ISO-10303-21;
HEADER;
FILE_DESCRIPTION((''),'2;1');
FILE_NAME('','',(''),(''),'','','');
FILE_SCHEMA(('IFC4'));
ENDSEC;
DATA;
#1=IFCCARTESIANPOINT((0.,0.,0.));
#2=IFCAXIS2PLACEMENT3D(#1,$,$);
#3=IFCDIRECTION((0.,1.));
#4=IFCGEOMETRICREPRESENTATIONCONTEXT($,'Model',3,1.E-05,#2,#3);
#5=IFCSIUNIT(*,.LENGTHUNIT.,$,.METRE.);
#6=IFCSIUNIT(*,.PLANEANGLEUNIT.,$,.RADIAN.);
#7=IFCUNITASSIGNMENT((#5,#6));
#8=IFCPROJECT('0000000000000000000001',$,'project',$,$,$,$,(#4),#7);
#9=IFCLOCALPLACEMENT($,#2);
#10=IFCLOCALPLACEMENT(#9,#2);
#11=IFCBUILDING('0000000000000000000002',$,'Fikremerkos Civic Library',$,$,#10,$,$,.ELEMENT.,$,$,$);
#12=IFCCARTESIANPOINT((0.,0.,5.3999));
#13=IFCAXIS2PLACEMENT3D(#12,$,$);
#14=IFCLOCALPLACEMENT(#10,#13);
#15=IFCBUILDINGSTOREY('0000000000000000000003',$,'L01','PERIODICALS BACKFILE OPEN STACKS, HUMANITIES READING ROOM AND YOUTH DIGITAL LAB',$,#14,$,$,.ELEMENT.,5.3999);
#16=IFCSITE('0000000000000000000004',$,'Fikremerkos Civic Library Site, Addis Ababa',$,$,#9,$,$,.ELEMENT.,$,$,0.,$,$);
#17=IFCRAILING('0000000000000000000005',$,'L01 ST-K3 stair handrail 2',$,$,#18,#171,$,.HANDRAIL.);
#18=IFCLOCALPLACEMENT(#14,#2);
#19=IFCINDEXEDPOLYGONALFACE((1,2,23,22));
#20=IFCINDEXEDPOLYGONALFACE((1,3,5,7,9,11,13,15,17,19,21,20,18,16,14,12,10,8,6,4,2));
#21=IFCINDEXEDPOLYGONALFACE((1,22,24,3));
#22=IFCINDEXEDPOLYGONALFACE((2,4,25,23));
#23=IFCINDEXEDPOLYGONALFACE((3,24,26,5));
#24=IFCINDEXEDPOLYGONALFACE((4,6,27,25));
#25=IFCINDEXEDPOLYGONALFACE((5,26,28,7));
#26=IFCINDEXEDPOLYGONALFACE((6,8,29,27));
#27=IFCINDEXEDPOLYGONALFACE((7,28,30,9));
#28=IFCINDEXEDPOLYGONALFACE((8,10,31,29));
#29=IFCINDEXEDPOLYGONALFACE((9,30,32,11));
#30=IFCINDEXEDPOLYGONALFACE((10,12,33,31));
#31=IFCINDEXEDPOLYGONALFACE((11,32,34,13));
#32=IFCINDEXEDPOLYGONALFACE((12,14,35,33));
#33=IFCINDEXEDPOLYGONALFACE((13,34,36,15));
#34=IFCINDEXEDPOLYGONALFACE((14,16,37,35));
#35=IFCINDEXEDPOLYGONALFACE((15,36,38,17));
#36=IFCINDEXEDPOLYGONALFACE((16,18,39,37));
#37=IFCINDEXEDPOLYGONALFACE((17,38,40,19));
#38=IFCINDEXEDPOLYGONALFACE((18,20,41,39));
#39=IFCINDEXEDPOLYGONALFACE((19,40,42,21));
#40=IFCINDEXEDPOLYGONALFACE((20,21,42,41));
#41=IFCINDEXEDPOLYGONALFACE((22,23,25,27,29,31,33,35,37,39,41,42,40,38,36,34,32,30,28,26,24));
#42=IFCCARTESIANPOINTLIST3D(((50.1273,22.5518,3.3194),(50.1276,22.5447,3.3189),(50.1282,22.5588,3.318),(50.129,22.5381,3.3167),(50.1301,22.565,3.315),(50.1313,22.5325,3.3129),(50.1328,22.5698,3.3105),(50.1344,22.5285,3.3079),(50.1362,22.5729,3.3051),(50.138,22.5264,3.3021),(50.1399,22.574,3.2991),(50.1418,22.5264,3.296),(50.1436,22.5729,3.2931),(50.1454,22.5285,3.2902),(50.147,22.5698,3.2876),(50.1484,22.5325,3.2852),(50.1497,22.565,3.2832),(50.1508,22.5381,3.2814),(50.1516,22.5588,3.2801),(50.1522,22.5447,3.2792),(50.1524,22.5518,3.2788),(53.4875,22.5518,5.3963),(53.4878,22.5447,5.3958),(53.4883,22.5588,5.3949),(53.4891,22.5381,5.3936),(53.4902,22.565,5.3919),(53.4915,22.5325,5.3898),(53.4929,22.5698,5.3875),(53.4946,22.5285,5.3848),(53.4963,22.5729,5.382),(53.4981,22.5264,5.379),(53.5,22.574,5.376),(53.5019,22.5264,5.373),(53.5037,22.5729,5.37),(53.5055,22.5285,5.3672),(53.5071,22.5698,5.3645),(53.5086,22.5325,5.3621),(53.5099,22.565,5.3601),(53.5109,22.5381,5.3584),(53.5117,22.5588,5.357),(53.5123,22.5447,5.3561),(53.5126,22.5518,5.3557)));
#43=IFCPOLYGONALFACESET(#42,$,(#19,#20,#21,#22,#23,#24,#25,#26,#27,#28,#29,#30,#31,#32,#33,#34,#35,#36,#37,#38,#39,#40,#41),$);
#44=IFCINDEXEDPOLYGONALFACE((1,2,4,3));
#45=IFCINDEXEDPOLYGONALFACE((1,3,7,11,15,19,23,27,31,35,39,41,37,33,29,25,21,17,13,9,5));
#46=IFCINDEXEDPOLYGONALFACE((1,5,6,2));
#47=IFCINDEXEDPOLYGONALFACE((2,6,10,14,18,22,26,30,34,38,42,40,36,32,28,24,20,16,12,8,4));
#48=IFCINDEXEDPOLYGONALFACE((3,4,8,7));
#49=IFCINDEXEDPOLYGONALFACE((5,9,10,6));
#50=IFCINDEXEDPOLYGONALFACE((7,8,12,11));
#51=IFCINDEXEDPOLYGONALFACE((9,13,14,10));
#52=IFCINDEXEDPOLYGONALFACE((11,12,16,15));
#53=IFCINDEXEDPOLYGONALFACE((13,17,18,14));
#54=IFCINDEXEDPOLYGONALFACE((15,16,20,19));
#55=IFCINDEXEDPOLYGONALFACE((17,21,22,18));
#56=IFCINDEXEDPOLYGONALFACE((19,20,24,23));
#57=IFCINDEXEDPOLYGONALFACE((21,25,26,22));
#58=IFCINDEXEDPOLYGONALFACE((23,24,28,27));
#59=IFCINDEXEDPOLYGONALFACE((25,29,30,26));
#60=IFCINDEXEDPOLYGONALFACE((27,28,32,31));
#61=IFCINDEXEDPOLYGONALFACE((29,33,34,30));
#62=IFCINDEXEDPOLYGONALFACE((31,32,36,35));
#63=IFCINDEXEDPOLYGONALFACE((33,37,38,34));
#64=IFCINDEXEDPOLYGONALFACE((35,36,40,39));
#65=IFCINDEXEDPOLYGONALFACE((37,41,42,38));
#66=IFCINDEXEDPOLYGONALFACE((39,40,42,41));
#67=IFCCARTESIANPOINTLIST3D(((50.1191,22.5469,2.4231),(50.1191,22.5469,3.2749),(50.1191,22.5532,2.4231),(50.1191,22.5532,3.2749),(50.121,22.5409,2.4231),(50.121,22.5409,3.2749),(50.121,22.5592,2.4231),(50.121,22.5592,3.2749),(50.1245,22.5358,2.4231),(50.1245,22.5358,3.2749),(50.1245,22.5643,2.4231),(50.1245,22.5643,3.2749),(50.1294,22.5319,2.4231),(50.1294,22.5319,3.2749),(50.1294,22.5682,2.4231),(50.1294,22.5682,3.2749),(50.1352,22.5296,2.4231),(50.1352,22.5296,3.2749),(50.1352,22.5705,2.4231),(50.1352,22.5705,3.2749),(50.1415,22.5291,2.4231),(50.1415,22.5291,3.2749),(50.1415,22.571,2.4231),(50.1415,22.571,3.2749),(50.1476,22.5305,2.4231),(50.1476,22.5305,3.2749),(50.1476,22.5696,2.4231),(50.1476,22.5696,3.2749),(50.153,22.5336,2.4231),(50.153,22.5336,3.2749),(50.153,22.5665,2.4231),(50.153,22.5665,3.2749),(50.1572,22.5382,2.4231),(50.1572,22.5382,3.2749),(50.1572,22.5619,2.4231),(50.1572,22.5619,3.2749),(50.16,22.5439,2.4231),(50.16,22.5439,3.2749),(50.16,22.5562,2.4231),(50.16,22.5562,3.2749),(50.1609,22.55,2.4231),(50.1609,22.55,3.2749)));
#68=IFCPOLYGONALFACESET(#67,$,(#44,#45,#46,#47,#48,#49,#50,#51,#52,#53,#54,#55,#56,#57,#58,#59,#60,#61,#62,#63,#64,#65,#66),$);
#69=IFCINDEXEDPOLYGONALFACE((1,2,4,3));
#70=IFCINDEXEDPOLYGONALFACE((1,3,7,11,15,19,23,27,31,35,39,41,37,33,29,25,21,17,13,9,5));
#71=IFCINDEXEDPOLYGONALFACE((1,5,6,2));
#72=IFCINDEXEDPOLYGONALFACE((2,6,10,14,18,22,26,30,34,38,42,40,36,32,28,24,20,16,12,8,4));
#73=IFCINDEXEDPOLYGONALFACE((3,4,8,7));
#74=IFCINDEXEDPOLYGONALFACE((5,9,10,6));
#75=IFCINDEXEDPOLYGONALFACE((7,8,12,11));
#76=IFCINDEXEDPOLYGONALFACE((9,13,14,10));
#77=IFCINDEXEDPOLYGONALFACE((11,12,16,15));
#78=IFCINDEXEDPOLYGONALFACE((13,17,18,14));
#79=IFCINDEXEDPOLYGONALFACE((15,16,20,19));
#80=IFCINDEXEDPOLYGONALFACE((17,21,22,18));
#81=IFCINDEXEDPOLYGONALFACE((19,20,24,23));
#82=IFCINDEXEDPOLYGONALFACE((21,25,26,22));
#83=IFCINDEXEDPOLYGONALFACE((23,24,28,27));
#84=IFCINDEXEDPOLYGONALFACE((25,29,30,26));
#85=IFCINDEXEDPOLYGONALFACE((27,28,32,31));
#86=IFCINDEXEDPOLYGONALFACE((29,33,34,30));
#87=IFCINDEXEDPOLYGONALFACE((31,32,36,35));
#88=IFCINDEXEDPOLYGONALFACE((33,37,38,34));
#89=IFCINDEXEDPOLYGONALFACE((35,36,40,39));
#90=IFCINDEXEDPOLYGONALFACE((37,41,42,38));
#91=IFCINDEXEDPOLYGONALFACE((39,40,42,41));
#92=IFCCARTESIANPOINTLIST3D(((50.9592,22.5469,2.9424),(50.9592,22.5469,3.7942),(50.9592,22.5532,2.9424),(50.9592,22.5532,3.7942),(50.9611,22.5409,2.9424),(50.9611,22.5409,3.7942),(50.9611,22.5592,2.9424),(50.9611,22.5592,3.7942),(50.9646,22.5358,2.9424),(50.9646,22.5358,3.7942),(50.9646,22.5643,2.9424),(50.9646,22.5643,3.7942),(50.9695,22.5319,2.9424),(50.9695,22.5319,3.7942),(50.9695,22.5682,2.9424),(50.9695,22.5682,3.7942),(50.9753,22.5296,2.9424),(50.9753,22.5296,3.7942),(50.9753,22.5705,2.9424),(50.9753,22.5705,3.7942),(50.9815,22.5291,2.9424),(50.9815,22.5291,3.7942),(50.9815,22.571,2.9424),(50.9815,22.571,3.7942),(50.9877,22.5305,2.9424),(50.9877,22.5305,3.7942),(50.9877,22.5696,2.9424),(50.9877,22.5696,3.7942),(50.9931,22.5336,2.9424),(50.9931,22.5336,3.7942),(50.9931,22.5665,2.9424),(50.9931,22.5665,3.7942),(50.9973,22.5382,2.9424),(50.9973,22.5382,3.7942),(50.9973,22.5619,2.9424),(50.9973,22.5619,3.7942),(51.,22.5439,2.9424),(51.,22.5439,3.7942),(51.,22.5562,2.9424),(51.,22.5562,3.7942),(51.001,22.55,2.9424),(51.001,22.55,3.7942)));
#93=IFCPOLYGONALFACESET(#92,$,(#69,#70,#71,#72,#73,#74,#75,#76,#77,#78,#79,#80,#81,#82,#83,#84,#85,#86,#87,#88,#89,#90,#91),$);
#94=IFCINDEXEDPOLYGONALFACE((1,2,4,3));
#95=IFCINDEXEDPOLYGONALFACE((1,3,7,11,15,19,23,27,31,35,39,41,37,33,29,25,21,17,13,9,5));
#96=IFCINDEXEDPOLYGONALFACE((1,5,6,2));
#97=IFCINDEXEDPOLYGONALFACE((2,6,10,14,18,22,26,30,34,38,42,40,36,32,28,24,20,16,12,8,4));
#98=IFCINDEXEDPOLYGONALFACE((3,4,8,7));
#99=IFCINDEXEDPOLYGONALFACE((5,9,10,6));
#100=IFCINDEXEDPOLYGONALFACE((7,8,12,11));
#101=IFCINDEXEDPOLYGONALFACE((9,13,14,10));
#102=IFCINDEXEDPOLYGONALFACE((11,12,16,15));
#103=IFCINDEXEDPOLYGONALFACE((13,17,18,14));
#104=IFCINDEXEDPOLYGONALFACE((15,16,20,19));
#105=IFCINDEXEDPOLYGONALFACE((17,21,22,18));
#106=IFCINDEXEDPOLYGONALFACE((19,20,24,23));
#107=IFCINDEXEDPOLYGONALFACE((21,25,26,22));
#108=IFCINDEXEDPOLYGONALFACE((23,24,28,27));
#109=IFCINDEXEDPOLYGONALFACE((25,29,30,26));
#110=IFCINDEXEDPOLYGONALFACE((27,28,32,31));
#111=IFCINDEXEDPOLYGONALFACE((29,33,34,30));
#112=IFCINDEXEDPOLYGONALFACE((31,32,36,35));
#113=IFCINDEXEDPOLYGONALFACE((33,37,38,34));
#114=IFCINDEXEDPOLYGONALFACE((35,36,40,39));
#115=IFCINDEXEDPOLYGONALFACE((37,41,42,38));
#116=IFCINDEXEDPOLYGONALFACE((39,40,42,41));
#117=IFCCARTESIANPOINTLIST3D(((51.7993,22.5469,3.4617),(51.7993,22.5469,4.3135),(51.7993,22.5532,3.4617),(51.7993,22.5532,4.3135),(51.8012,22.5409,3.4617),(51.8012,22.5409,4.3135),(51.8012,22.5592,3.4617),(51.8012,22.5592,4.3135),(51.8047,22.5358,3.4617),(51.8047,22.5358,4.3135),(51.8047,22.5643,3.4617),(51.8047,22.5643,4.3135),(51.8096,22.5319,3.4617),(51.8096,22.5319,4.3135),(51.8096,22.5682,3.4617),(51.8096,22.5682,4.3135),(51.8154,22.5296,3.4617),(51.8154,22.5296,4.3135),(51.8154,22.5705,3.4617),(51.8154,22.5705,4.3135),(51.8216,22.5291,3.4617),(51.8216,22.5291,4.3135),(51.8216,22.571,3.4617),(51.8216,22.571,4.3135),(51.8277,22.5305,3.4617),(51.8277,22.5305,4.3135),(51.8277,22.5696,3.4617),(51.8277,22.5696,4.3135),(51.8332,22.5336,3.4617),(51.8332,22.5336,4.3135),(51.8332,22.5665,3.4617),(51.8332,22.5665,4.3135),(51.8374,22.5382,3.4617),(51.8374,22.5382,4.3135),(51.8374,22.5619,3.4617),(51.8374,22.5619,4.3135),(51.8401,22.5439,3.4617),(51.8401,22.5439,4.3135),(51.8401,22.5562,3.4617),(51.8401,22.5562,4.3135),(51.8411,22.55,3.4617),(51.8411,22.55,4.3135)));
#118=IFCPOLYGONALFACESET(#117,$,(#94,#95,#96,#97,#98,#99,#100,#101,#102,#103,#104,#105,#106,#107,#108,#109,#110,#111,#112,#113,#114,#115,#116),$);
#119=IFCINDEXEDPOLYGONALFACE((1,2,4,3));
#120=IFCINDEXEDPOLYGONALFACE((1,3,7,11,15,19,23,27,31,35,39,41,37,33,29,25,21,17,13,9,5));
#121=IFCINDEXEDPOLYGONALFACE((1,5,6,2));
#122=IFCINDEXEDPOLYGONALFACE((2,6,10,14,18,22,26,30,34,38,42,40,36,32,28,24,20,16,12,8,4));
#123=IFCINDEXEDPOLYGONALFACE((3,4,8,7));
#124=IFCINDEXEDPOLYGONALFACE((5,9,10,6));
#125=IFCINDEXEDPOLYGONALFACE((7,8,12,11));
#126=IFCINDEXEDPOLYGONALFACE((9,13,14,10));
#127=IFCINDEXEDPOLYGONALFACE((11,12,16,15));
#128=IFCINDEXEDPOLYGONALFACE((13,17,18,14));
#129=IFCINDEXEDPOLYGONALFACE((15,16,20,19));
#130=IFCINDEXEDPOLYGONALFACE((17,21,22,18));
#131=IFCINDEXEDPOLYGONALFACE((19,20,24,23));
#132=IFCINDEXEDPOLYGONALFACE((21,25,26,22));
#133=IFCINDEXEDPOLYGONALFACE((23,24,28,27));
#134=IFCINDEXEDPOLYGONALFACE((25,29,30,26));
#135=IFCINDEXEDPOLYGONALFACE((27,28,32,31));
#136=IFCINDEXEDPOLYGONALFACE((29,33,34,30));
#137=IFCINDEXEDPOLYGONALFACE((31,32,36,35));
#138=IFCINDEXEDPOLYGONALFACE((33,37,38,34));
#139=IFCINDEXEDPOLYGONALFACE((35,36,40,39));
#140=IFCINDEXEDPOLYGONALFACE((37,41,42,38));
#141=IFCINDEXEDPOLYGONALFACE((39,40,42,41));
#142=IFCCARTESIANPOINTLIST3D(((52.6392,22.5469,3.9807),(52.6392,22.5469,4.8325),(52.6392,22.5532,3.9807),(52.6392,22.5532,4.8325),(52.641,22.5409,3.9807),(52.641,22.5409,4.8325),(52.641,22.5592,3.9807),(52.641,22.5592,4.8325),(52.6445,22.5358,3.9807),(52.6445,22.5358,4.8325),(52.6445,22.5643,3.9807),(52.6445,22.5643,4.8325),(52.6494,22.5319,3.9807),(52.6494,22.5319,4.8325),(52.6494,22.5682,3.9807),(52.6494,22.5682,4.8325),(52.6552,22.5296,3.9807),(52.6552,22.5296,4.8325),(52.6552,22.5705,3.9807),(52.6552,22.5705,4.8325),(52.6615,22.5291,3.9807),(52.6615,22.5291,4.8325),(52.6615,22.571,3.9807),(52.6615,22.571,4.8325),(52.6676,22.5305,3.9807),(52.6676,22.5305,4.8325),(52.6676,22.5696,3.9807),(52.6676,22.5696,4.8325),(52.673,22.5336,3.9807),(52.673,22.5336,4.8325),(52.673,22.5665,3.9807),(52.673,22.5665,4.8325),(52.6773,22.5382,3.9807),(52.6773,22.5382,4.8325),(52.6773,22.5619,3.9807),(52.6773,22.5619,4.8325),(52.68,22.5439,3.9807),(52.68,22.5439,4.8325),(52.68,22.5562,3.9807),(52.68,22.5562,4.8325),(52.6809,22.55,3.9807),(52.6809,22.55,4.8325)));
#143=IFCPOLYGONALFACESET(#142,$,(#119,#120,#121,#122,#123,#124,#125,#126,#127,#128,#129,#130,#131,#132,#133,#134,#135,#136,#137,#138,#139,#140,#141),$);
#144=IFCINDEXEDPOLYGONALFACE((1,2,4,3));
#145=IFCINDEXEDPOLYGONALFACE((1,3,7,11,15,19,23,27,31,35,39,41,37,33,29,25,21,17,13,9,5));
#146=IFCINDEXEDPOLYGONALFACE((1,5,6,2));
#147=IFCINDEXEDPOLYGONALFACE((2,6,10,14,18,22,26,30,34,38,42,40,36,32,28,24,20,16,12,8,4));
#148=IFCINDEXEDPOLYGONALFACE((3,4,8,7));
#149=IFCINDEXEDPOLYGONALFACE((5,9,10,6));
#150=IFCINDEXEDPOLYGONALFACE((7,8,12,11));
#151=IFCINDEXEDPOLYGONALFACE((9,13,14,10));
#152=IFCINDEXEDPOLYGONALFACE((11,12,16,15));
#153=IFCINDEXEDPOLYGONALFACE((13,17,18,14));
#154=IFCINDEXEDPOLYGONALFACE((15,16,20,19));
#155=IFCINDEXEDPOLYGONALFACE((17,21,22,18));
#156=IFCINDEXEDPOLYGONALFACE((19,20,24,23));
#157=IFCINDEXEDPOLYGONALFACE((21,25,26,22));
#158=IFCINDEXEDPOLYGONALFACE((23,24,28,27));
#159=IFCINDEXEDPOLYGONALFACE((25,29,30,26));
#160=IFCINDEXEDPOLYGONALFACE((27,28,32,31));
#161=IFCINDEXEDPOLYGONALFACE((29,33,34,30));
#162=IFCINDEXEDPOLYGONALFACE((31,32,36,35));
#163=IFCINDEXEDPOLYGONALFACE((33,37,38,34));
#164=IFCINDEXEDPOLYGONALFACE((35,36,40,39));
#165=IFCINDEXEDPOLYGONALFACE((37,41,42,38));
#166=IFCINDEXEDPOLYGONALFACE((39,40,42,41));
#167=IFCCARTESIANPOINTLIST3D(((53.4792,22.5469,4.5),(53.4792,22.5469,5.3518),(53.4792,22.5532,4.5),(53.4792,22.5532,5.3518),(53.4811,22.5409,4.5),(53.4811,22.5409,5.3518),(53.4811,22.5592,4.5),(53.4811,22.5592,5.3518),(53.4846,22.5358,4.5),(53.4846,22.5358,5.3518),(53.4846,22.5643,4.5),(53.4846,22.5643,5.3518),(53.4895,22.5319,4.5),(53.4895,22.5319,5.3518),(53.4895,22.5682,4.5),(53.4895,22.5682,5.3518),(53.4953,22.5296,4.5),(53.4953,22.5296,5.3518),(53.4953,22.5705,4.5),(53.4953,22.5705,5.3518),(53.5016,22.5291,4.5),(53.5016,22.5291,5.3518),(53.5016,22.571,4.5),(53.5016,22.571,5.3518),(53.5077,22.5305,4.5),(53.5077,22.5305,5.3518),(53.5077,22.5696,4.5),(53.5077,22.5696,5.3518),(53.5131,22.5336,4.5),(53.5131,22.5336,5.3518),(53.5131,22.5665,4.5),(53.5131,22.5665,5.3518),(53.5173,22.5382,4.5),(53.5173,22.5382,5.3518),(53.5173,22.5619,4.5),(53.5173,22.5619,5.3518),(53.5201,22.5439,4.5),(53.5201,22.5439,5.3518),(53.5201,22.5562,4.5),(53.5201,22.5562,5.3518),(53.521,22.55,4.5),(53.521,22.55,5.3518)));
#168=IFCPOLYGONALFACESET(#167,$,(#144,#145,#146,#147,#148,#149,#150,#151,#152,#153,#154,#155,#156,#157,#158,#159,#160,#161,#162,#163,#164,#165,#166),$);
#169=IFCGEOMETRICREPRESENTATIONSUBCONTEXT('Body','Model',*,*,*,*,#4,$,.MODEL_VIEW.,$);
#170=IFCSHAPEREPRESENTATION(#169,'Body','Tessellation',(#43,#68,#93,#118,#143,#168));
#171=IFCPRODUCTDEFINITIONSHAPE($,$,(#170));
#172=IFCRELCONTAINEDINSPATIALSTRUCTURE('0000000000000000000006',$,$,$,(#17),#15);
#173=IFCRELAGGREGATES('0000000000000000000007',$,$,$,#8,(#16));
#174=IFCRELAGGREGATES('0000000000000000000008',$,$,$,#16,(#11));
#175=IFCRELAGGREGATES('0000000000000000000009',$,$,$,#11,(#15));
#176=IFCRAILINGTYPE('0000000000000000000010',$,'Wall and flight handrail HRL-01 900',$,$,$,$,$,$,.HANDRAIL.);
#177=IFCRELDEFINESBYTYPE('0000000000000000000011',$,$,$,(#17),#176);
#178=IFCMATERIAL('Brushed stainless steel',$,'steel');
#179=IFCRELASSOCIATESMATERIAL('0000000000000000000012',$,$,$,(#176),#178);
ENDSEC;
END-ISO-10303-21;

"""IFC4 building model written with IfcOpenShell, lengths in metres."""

from ifc_helpers import new_model, si_unit, direction, frame, origin, origin_2d, place, context, subcontext, project, spatial, circle, extrude, material, type_object, element, save


model = new_model("IFC4")

# Units and contexts
model_context = context("Model", 3, precision=1e-05, world=origin(), true_north=direction((0.0, 1.0)))
body_context = subcontext(model_context, "Body", "Model", "MODEL_VIEW")
ifc_project = project(units=[si_unit("LENGTHUNIT", "METRE"), si_unit("PLANEANGLEUNIT", "RADIAN")], contexts=[model_context])

# Site, building, storey
site_placement = place(None, origin())
site = spatial("IfcSite", under=ifc_project, at=site_placement, Name="Fikremerkos Civic Library Site, Addis Ababa", CompositionType="ELEMENT", RefElevation=0.0)
building_placement = place(site_placement, origin())
building = spatial("IfcBuilding", under=site, at=building_placement, Name="Fikremerkos Civic Library", CompositionType="ELEMENT")
storey_placement = place(building_placement, frame((0.0, 0.0, 5.3999)))
storey = spatial("IfcBuildingStorey", under=building, at=storey_placement, Name="L01", Description="PERIODICALS BACKFILE OPEN STACKS, HUMANITIES READING ROOM AND YOUTH DIGITAL LAB", CompositionType="ELEMENT", Elevation=5.3999)

# Shared definitions
ifc_material_1 = material(Name="Brushed stainless steel", Category="steel")

# Railing
railing_type_1 = type_object("IfcRailingType", Name="Wall and flight handrail HRL-01 900", PredefinedType="HANDRAIL", material=ifc_material_1)
railing_1_placement = place(storey_placement, frame((50.1399, 22.55, 2.4231)))
element("IfcRailing", 1, at=railing_1_placement, inside=storey, type_object=railing_type_1, Name="L01 ST-K3 stair handrail 2", PredefinedType="HANDRAIL", context=body_context, shape_type="SweptSolid", body=[
    extrude(circle(Radius=0.0239, at=origin_2d()), frame((0.0, 0.0, 0.876), z_axis=(0.850623, 0.0, 0.525776), x_axis=(0.0, 1.0, 0.0)), (0.0, 0.0, 1.0), 3.9502),
    extrude(circle(Radius=0.021, at=origin_2d()), origin(), (0.0, 0.0, 1.0), 0.8518),
    extrude(circle(Radius=0.021, at=origin_2d()), frame((0.8401, 0.0, 0.5193)), (0.0, 0.0, 1.0), 0.8518),
    extrude(circle(Radius=0.021, at=origin_2d()), frame((1.6802, 0.0, 1.0386)), (0.0, 0.0, 1.0), 0.8518),
    extrude(circle(Radius=0.021, at=origin_2d()), frame((2.52, 0.0, 1.5576)), (0.0, 0.0, 1.0), 0.8518),
    extrude(circle(Radius=0.021, at=origin_2d()), frame((3.3601, 0.0, 2.0769)), (0.0, 0.0, 1.0), 0.8518),
])

save(model, "model.ifc")
